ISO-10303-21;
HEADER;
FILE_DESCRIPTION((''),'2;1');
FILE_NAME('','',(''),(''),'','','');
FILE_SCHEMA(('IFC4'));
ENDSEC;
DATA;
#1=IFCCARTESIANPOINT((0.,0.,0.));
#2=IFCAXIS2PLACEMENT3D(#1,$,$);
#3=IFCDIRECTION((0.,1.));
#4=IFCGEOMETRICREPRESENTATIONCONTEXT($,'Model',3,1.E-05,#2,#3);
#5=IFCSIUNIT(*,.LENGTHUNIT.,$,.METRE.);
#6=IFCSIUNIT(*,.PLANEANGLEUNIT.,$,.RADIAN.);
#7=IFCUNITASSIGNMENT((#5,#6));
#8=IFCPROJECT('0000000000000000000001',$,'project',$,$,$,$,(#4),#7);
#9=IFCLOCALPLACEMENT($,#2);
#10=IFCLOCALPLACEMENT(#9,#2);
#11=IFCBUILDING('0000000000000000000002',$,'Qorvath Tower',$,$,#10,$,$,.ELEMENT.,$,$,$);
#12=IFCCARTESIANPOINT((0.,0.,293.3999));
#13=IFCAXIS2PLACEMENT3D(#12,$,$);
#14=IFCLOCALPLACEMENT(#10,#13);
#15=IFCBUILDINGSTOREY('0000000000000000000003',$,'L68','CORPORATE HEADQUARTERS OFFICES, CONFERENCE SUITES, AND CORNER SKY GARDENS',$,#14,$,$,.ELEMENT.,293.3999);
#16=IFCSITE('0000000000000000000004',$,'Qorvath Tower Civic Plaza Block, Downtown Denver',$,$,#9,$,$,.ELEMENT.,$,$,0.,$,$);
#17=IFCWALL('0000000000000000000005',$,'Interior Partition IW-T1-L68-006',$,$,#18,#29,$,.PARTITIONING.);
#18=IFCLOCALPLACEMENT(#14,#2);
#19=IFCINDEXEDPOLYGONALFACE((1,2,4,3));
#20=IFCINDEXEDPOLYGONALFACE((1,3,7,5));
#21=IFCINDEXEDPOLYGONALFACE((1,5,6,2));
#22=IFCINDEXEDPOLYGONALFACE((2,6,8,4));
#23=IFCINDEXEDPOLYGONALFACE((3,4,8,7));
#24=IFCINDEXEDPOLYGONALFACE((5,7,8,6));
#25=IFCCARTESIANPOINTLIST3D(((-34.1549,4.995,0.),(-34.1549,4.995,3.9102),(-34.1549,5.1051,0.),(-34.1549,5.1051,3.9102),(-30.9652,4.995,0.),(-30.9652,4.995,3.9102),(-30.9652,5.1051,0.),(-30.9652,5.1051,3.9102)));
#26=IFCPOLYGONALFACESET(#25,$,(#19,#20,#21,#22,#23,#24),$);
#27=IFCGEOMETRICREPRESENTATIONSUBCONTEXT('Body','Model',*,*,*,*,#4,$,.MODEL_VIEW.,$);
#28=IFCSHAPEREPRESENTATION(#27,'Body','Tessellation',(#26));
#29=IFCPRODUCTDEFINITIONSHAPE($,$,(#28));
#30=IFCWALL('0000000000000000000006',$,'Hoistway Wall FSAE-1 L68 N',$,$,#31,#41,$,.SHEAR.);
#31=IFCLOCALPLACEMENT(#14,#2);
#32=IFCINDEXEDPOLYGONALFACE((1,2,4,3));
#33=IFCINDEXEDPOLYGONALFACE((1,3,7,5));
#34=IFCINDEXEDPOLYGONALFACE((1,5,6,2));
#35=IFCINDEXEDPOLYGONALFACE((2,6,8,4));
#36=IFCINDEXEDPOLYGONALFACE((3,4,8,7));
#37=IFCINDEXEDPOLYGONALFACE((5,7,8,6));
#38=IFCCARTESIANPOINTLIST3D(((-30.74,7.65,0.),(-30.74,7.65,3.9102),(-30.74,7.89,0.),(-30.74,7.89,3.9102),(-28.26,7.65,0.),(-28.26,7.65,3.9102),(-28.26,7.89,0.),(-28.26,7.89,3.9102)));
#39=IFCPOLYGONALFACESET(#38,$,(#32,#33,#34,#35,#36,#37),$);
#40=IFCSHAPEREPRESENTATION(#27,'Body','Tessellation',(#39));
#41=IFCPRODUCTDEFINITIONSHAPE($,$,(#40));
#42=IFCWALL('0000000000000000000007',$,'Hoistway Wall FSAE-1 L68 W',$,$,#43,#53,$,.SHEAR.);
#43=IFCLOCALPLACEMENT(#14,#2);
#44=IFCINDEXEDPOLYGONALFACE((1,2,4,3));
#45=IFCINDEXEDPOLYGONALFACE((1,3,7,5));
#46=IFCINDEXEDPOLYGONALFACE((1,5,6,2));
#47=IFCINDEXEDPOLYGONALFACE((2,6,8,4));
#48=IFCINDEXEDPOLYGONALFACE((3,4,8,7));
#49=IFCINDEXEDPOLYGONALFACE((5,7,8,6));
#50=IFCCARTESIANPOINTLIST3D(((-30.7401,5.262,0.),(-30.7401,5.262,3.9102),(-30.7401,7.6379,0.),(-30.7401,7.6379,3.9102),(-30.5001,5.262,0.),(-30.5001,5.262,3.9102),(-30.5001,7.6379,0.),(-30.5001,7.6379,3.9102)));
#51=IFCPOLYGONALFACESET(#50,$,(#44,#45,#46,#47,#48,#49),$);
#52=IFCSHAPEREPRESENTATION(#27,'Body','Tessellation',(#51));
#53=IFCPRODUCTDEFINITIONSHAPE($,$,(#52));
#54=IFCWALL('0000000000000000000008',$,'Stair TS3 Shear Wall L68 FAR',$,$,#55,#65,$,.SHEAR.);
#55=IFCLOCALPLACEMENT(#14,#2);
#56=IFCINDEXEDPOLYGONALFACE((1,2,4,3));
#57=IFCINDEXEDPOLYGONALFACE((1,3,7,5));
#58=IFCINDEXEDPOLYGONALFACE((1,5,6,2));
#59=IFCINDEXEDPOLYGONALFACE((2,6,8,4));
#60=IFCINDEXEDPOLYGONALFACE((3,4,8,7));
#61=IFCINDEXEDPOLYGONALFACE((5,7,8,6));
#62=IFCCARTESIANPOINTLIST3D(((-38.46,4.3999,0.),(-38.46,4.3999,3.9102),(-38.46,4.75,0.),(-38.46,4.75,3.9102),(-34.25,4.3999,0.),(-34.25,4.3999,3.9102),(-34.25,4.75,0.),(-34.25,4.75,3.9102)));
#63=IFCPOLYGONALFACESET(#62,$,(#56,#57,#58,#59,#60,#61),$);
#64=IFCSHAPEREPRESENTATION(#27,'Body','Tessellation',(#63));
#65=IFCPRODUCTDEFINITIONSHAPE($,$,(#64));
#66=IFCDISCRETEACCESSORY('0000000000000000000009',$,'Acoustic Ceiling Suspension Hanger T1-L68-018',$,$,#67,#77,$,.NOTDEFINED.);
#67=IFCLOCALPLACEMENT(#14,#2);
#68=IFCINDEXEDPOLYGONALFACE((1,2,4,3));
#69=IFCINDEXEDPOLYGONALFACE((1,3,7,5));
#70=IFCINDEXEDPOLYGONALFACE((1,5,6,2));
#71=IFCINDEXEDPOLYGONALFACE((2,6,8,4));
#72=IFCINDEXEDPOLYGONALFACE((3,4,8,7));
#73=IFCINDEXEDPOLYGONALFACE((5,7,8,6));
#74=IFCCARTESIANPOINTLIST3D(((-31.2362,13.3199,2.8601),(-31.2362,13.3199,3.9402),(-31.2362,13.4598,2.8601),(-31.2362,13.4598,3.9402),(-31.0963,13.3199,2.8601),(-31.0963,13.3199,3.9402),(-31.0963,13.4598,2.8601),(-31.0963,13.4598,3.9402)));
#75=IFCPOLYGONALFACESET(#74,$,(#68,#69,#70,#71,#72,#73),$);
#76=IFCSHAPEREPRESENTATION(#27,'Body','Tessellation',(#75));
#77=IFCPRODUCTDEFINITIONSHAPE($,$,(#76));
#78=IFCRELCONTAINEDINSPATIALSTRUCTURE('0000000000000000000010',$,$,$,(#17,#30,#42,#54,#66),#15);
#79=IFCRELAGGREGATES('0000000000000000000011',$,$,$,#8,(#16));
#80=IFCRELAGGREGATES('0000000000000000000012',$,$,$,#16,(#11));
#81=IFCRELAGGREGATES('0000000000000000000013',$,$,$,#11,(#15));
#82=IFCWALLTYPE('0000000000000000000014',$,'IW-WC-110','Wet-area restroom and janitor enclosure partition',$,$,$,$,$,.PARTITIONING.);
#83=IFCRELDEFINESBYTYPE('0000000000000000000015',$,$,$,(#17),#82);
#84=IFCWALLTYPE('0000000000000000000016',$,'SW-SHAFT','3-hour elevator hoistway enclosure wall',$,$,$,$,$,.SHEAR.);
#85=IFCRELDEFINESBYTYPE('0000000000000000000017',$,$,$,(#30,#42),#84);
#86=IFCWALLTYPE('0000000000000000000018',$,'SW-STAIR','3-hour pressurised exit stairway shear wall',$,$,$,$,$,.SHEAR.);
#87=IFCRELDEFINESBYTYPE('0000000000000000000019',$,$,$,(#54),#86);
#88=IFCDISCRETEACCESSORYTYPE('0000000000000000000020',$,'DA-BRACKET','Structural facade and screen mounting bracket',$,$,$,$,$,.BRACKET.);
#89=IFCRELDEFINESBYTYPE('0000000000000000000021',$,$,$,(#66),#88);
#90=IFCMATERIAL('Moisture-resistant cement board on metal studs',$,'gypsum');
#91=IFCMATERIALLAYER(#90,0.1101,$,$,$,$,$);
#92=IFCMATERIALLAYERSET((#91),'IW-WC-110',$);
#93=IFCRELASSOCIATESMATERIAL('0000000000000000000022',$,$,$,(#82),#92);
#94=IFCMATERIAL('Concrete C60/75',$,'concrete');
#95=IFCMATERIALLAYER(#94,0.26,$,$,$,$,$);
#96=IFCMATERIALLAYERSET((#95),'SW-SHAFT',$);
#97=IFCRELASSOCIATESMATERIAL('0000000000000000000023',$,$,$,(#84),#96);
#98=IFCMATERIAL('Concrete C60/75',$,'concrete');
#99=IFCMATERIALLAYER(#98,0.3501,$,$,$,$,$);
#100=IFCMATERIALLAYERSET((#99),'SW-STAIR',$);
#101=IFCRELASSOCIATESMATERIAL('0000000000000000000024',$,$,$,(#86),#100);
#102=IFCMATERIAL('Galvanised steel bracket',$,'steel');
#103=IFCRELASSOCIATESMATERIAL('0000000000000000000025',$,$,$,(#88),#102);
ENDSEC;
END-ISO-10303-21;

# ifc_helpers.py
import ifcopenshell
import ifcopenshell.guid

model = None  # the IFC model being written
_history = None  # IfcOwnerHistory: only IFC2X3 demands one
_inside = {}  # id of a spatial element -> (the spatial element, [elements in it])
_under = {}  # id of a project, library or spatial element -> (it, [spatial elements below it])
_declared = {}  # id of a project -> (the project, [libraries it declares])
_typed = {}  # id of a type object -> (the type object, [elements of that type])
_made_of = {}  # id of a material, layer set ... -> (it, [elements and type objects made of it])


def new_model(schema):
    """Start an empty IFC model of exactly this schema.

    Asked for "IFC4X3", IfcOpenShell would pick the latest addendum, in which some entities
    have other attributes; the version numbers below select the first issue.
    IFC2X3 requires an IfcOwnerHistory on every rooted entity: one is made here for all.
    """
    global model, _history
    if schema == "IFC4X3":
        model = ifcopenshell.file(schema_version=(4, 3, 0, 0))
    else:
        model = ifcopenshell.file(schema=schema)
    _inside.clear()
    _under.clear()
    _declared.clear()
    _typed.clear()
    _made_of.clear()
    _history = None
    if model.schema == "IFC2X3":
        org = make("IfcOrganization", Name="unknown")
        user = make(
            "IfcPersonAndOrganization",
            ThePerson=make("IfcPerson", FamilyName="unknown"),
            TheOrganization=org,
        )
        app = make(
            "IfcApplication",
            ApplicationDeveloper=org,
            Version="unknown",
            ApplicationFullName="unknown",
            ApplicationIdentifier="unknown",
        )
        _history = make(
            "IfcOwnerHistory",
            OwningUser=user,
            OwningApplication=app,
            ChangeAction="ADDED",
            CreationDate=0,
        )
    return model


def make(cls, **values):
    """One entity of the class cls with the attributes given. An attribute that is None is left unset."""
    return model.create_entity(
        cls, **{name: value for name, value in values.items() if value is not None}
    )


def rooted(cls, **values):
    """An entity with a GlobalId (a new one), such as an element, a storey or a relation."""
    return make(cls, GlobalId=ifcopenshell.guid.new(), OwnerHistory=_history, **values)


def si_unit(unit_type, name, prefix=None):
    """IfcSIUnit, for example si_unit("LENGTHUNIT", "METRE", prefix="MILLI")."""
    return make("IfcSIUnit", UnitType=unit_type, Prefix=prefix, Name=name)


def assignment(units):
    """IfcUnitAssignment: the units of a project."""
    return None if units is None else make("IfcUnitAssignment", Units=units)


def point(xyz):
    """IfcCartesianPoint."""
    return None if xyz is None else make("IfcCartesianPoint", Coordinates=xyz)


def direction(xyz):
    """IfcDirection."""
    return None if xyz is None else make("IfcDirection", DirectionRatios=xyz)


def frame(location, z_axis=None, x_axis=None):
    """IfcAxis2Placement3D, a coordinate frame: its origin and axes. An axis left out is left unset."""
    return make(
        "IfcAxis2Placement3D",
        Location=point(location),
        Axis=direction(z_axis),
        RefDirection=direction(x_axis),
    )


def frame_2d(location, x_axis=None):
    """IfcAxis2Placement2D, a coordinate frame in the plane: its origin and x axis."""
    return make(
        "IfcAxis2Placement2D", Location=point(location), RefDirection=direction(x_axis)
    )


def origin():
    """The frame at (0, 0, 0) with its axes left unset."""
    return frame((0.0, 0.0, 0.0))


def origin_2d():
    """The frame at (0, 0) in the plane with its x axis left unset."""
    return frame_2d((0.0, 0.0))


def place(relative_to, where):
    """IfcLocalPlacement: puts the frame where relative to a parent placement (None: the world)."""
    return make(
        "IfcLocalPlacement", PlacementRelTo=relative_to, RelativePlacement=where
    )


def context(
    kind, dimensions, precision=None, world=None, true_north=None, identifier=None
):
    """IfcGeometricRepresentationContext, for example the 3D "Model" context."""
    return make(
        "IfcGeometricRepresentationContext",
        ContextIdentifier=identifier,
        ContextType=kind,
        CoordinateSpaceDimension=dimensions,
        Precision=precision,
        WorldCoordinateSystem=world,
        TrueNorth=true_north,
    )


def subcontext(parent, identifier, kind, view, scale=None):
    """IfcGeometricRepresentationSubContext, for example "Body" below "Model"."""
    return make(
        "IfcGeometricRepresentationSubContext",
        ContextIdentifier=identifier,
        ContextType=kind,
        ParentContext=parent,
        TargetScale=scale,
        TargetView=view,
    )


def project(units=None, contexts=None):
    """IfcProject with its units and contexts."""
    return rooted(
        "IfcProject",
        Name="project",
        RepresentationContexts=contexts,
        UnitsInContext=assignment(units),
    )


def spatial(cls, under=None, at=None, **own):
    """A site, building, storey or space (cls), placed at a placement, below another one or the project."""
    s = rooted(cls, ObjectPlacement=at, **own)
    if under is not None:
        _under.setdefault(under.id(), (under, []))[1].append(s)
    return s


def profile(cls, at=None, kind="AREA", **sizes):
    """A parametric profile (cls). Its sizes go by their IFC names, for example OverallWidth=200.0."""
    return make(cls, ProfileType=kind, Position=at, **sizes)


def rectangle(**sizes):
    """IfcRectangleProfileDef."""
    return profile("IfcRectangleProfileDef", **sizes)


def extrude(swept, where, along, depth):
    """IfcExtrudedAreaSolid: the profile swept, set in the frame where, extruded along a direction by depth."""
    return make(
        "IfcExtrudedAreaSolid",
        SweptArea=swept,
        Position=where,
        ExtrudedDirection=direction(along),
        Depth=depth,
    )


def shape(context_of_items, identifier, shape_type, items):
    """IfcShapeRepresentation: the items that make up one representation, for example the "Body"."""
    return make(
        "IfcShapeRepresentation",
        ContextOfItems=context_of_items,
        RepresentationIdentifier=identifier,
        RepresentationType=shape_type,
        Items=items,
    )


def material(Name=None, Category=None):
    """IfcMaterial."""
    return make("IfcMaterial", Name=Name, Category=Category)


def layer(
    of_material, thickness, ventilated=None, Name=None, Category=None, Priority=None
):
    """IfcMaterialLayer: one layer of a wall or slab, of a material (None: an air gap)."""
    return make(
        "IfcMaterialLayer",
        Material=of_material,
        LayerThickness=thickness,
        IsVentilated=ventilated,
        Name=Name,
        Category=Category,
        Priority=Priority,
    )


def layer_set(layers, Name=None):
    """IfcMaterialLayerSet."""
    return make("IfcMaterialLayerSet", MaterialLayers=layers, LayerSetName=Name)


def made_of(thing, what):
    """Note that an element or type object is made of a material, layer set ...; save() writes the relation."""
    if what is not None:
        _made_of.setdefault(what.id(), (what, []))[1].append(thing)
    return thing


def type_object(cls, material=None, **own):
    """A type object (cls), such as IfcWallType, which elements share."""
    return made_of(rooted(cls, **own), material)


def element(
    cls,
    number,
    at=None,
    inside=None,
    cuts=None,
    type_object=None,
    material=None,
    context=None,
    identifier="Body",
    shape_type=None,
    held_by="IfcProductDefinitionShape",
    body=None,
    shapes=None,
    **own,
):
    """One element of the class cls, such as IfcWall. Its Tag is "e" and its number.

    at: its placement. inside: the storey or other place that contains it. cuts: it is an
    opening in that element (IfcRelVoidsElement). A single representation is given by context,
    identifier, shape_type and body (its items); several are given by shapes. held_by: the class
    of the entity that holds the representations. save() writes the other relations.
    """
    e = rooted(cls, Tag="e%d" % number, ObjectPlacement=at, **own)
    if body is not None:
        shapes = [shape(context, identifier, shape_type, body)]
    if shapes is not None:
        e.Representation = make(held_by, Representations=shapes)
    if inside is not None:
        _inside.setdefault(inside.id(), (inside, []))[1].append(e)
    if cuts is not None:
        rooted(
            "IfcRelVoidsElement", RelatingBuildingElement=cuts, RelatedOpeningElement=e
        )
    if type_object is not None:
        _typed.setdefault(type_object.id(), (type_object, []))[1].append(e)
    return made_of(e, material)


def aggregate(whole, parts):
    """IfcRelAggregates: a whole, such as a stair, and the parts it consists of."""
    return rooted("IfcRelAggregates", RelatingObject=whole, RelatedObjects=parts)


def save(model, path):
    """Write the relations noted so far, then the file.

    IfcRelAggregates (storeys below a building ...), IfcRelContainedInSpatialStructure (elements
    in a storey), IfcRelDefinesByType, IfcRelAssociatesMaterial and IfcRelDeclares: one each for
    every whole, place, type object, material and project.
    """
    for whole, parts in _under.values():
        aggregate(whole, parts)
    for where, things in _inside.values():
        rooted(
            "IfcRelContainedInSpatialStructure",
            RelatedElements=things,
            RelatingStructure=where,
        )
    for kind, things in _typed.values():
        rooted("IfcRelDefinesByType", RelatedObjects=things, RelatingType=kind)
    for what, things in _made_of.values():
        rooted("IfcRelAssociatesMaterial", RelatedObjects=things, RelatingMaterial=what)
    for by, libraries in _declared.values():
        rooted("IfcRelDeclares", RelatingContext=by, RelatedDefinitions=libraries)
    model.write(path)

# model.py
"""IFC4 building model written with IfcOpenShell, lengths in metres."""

from ifc_helpers import new_model, si_unit, direction, frame, frame_2d, origin, origin_2d, place, context, subcontext, project, spatial, rectangle, extrude, material, layer, layer_set, type_object, element, save


model = new_model("IFC4")

# Units and contexts
model_context = context("Model", 3, precision=1e-05, world=origin(), true_north=direction((0.0, 1.0)))
body_context = subcontext(model_context, "Body", "Model", "MODEL_VIEW")
ifc_project = project(units=[si_unit("LENGTHUNIT", "METRE"), si_unit("PLANEANGLEUNIT", "RADIAN")], contexts=[model_context])

# Site, building, storey
site_placement = place(None, origin())
site = spatial("IfcSite", under=ifc_project, at=site_placement, Name="Qorvath Tower Civic Plaza Block, Downtown Denver", CompositionType="ELEMENT", RefElevation=0.0)
building_placement = place(site_placement, origin())
building = spatial("IfcBuilding", under=site, at=building_placement, Name="Qorvath Tower", CompositionType="ELEMENT")
storey_placement = place(building_placement, frame((0.0, 0.0, 293.3999)))
storey = spatial("IfcBuildingStorey", under=building, at=storey_placement, Name="L68", Description="CORPORATE HEADQUARTERS OFFICES, CONFERENCE SUITES, AND CORNER SKY GARDENS", CompositionType="ELEMENT", Elevation=293.3999)

# Walls
ifc_material_1 = material(Name="Moisture-resistant cement board on metal studs", Category="gypsum")
ifc_layer_1 = layer(ifc_material_1, 0.1101)
ifc_layer_set_1 = layer_set([ifc_layer_1], Name="IW-WC-110")
wall_type_1 = type_object("IfcWallType", Name="IW-WC-110", Description="Wet-area restroom and janitor enclosure partition", PredefinedType="PARTITIONING", material=ifc_layer_set_1)
wall_1_placement = place(storey_placement, frame((-34.1548, 5.05, 0.0), z_axis=(0.0, 0.0, 1.0), x_axis=(1.0, 0.0, 0.0)))
element("IfcWall", 1, at=wall_1_placement, inside=storey, type_object=wall_type_1, Name="Interior Partition IW-T1-L68-006", PredefinedType="PARTITIONING", context=body_context, shape_type="SweptSolid", body=[
    extrude(rectangle(XDim=3.1897, YDim=0.1101, at=frame_2d((1.5947, 0.0))), origin(), (0.0, 0.0, 1.0), 3.9102),
])
ifc_material_2 = material(Name="Concrete C60/75", Category="concrete")
ifc_layer_2 = layer(ifc_material_2, 0.26)
ifc_layer_set_2 = layer_set([ifc_layer_2], Name="SW-SHAFT")
wall_type_2 = type_object("IfcWallType", Name="SW-SHAFT", Description="3-hour elevator hoistway enclosure wall", PredefinedType="SHEAR", material=ifc_layer_set_2)
wall_2_placement = place(storey_placement, frame((-30.74, 7.77, 0.0), z_axis=(0.0, 0.0, 1.0), x_axis=(1.0, 0.0, 0.0)))
element("IfcWall", 2, at=wall_2_placement, inside=storey, type_object=wall_type_2, Name="Hoistway Wall FSAE-1 L68 N", PredefinedType="SHEAR", context=body_context, shape_type="SweptSolid", body=[
    extrude(rectangle(XDim=2.48, YDim=0.24, at=frame_2d((1.24, 0.0))), origin(), (0.0, 0.0, 1.0), 3.9102),
])
wall_3_placement = place(storey_placement, frame((-30.6201, 5.262, 0.0), z_axis=(0.0, 0.0, 1.0), x_axis=(0.0, 1.0, 0.0)))
element("IfcWall", 3, at=wall_3_placement, inside=storey, type_object=wall_type_2, Name="Hoistway Wall FSAE-1 L68 W", PredefinedType="SHEAR", context=body_context, shape_type="SweptSolid", body=[
    extrude(rectangle(XDim=2.376, YDim=0.24, at=frame_2d((1.188, 0.0))), origin(), (0.0, 0.0, 1.0), 3.9102),
])
ifc_material_3 = material(Name="Concrete C60/75", Category="concrete")
ifc_layer_3 = layer(ifc_material_3, 0.3501)
ifc_layer_set_3 = layer_set([ifc_layer_3], Name="SW-STAIR")
wall_type_3 = type_object("IfcWallType", Name="SW-STAIR", Description="3-hour pressurised exit stairway shear wall", PredefinedType="SHEAR", material=ifc_layer_set_3)
wall_4_placement = place(storey_placement, frame((-34.25, 4.575, 0.0), z_axis=(0.0, 0.0, 1.0), x_axis=(-1.0, 0.0, 0.0)))
element("IfcWall", 4, at=wall_4_placement, inside=storey, type_object=wall_type_3, Name="Stair TS3 Shear Wall L68 FAR", PredefinedType="SHEAR", context=body_context, shape_type="SweptSolid", body=[
    extrude(rectangle(XDim=4.21, YDim=0.3501, at=frame_2d((2.105, 0.0))), origin(), (0.0, 0.0, 1.0), 3.9102),
])

# Discrete accessory
ifc_material_4 = material(Name="Galvanised steel bracket", Category="steel")
discrete_accessory_type = type_object("IfcDiscreteAccessoryType", Name="DA-BRACKET", Description="Structural facade and screen mounting bracket", PredefinedType="BRACKET", material=ifc_material_4)
discrete_accessory_placement = place(storey_placement, frame((-31.1663, 13.3899, 2.8601), z_axis=(0.0, 0.0, 1.0), x_axis=(1.0, 0.0, 0.0)))
element("IfcDiscreteAccessory", 5, at=discrete_accessory_placement, inside=storey, type_object=discrete_accessory_type, Name="Acoustic Ceiling Suspension Hanger T1-L68-018", PredefinedType="NOTDEFINED", context=body_context, shape_type="SweptSolid", body=[
    extrude(rectangle(XDim=0.1399, YDim=0.1399, at=origin_2d()), origin(), (0.0, 0.0, 1.0), 1.0801),
])

save(model, "model.ifc")
